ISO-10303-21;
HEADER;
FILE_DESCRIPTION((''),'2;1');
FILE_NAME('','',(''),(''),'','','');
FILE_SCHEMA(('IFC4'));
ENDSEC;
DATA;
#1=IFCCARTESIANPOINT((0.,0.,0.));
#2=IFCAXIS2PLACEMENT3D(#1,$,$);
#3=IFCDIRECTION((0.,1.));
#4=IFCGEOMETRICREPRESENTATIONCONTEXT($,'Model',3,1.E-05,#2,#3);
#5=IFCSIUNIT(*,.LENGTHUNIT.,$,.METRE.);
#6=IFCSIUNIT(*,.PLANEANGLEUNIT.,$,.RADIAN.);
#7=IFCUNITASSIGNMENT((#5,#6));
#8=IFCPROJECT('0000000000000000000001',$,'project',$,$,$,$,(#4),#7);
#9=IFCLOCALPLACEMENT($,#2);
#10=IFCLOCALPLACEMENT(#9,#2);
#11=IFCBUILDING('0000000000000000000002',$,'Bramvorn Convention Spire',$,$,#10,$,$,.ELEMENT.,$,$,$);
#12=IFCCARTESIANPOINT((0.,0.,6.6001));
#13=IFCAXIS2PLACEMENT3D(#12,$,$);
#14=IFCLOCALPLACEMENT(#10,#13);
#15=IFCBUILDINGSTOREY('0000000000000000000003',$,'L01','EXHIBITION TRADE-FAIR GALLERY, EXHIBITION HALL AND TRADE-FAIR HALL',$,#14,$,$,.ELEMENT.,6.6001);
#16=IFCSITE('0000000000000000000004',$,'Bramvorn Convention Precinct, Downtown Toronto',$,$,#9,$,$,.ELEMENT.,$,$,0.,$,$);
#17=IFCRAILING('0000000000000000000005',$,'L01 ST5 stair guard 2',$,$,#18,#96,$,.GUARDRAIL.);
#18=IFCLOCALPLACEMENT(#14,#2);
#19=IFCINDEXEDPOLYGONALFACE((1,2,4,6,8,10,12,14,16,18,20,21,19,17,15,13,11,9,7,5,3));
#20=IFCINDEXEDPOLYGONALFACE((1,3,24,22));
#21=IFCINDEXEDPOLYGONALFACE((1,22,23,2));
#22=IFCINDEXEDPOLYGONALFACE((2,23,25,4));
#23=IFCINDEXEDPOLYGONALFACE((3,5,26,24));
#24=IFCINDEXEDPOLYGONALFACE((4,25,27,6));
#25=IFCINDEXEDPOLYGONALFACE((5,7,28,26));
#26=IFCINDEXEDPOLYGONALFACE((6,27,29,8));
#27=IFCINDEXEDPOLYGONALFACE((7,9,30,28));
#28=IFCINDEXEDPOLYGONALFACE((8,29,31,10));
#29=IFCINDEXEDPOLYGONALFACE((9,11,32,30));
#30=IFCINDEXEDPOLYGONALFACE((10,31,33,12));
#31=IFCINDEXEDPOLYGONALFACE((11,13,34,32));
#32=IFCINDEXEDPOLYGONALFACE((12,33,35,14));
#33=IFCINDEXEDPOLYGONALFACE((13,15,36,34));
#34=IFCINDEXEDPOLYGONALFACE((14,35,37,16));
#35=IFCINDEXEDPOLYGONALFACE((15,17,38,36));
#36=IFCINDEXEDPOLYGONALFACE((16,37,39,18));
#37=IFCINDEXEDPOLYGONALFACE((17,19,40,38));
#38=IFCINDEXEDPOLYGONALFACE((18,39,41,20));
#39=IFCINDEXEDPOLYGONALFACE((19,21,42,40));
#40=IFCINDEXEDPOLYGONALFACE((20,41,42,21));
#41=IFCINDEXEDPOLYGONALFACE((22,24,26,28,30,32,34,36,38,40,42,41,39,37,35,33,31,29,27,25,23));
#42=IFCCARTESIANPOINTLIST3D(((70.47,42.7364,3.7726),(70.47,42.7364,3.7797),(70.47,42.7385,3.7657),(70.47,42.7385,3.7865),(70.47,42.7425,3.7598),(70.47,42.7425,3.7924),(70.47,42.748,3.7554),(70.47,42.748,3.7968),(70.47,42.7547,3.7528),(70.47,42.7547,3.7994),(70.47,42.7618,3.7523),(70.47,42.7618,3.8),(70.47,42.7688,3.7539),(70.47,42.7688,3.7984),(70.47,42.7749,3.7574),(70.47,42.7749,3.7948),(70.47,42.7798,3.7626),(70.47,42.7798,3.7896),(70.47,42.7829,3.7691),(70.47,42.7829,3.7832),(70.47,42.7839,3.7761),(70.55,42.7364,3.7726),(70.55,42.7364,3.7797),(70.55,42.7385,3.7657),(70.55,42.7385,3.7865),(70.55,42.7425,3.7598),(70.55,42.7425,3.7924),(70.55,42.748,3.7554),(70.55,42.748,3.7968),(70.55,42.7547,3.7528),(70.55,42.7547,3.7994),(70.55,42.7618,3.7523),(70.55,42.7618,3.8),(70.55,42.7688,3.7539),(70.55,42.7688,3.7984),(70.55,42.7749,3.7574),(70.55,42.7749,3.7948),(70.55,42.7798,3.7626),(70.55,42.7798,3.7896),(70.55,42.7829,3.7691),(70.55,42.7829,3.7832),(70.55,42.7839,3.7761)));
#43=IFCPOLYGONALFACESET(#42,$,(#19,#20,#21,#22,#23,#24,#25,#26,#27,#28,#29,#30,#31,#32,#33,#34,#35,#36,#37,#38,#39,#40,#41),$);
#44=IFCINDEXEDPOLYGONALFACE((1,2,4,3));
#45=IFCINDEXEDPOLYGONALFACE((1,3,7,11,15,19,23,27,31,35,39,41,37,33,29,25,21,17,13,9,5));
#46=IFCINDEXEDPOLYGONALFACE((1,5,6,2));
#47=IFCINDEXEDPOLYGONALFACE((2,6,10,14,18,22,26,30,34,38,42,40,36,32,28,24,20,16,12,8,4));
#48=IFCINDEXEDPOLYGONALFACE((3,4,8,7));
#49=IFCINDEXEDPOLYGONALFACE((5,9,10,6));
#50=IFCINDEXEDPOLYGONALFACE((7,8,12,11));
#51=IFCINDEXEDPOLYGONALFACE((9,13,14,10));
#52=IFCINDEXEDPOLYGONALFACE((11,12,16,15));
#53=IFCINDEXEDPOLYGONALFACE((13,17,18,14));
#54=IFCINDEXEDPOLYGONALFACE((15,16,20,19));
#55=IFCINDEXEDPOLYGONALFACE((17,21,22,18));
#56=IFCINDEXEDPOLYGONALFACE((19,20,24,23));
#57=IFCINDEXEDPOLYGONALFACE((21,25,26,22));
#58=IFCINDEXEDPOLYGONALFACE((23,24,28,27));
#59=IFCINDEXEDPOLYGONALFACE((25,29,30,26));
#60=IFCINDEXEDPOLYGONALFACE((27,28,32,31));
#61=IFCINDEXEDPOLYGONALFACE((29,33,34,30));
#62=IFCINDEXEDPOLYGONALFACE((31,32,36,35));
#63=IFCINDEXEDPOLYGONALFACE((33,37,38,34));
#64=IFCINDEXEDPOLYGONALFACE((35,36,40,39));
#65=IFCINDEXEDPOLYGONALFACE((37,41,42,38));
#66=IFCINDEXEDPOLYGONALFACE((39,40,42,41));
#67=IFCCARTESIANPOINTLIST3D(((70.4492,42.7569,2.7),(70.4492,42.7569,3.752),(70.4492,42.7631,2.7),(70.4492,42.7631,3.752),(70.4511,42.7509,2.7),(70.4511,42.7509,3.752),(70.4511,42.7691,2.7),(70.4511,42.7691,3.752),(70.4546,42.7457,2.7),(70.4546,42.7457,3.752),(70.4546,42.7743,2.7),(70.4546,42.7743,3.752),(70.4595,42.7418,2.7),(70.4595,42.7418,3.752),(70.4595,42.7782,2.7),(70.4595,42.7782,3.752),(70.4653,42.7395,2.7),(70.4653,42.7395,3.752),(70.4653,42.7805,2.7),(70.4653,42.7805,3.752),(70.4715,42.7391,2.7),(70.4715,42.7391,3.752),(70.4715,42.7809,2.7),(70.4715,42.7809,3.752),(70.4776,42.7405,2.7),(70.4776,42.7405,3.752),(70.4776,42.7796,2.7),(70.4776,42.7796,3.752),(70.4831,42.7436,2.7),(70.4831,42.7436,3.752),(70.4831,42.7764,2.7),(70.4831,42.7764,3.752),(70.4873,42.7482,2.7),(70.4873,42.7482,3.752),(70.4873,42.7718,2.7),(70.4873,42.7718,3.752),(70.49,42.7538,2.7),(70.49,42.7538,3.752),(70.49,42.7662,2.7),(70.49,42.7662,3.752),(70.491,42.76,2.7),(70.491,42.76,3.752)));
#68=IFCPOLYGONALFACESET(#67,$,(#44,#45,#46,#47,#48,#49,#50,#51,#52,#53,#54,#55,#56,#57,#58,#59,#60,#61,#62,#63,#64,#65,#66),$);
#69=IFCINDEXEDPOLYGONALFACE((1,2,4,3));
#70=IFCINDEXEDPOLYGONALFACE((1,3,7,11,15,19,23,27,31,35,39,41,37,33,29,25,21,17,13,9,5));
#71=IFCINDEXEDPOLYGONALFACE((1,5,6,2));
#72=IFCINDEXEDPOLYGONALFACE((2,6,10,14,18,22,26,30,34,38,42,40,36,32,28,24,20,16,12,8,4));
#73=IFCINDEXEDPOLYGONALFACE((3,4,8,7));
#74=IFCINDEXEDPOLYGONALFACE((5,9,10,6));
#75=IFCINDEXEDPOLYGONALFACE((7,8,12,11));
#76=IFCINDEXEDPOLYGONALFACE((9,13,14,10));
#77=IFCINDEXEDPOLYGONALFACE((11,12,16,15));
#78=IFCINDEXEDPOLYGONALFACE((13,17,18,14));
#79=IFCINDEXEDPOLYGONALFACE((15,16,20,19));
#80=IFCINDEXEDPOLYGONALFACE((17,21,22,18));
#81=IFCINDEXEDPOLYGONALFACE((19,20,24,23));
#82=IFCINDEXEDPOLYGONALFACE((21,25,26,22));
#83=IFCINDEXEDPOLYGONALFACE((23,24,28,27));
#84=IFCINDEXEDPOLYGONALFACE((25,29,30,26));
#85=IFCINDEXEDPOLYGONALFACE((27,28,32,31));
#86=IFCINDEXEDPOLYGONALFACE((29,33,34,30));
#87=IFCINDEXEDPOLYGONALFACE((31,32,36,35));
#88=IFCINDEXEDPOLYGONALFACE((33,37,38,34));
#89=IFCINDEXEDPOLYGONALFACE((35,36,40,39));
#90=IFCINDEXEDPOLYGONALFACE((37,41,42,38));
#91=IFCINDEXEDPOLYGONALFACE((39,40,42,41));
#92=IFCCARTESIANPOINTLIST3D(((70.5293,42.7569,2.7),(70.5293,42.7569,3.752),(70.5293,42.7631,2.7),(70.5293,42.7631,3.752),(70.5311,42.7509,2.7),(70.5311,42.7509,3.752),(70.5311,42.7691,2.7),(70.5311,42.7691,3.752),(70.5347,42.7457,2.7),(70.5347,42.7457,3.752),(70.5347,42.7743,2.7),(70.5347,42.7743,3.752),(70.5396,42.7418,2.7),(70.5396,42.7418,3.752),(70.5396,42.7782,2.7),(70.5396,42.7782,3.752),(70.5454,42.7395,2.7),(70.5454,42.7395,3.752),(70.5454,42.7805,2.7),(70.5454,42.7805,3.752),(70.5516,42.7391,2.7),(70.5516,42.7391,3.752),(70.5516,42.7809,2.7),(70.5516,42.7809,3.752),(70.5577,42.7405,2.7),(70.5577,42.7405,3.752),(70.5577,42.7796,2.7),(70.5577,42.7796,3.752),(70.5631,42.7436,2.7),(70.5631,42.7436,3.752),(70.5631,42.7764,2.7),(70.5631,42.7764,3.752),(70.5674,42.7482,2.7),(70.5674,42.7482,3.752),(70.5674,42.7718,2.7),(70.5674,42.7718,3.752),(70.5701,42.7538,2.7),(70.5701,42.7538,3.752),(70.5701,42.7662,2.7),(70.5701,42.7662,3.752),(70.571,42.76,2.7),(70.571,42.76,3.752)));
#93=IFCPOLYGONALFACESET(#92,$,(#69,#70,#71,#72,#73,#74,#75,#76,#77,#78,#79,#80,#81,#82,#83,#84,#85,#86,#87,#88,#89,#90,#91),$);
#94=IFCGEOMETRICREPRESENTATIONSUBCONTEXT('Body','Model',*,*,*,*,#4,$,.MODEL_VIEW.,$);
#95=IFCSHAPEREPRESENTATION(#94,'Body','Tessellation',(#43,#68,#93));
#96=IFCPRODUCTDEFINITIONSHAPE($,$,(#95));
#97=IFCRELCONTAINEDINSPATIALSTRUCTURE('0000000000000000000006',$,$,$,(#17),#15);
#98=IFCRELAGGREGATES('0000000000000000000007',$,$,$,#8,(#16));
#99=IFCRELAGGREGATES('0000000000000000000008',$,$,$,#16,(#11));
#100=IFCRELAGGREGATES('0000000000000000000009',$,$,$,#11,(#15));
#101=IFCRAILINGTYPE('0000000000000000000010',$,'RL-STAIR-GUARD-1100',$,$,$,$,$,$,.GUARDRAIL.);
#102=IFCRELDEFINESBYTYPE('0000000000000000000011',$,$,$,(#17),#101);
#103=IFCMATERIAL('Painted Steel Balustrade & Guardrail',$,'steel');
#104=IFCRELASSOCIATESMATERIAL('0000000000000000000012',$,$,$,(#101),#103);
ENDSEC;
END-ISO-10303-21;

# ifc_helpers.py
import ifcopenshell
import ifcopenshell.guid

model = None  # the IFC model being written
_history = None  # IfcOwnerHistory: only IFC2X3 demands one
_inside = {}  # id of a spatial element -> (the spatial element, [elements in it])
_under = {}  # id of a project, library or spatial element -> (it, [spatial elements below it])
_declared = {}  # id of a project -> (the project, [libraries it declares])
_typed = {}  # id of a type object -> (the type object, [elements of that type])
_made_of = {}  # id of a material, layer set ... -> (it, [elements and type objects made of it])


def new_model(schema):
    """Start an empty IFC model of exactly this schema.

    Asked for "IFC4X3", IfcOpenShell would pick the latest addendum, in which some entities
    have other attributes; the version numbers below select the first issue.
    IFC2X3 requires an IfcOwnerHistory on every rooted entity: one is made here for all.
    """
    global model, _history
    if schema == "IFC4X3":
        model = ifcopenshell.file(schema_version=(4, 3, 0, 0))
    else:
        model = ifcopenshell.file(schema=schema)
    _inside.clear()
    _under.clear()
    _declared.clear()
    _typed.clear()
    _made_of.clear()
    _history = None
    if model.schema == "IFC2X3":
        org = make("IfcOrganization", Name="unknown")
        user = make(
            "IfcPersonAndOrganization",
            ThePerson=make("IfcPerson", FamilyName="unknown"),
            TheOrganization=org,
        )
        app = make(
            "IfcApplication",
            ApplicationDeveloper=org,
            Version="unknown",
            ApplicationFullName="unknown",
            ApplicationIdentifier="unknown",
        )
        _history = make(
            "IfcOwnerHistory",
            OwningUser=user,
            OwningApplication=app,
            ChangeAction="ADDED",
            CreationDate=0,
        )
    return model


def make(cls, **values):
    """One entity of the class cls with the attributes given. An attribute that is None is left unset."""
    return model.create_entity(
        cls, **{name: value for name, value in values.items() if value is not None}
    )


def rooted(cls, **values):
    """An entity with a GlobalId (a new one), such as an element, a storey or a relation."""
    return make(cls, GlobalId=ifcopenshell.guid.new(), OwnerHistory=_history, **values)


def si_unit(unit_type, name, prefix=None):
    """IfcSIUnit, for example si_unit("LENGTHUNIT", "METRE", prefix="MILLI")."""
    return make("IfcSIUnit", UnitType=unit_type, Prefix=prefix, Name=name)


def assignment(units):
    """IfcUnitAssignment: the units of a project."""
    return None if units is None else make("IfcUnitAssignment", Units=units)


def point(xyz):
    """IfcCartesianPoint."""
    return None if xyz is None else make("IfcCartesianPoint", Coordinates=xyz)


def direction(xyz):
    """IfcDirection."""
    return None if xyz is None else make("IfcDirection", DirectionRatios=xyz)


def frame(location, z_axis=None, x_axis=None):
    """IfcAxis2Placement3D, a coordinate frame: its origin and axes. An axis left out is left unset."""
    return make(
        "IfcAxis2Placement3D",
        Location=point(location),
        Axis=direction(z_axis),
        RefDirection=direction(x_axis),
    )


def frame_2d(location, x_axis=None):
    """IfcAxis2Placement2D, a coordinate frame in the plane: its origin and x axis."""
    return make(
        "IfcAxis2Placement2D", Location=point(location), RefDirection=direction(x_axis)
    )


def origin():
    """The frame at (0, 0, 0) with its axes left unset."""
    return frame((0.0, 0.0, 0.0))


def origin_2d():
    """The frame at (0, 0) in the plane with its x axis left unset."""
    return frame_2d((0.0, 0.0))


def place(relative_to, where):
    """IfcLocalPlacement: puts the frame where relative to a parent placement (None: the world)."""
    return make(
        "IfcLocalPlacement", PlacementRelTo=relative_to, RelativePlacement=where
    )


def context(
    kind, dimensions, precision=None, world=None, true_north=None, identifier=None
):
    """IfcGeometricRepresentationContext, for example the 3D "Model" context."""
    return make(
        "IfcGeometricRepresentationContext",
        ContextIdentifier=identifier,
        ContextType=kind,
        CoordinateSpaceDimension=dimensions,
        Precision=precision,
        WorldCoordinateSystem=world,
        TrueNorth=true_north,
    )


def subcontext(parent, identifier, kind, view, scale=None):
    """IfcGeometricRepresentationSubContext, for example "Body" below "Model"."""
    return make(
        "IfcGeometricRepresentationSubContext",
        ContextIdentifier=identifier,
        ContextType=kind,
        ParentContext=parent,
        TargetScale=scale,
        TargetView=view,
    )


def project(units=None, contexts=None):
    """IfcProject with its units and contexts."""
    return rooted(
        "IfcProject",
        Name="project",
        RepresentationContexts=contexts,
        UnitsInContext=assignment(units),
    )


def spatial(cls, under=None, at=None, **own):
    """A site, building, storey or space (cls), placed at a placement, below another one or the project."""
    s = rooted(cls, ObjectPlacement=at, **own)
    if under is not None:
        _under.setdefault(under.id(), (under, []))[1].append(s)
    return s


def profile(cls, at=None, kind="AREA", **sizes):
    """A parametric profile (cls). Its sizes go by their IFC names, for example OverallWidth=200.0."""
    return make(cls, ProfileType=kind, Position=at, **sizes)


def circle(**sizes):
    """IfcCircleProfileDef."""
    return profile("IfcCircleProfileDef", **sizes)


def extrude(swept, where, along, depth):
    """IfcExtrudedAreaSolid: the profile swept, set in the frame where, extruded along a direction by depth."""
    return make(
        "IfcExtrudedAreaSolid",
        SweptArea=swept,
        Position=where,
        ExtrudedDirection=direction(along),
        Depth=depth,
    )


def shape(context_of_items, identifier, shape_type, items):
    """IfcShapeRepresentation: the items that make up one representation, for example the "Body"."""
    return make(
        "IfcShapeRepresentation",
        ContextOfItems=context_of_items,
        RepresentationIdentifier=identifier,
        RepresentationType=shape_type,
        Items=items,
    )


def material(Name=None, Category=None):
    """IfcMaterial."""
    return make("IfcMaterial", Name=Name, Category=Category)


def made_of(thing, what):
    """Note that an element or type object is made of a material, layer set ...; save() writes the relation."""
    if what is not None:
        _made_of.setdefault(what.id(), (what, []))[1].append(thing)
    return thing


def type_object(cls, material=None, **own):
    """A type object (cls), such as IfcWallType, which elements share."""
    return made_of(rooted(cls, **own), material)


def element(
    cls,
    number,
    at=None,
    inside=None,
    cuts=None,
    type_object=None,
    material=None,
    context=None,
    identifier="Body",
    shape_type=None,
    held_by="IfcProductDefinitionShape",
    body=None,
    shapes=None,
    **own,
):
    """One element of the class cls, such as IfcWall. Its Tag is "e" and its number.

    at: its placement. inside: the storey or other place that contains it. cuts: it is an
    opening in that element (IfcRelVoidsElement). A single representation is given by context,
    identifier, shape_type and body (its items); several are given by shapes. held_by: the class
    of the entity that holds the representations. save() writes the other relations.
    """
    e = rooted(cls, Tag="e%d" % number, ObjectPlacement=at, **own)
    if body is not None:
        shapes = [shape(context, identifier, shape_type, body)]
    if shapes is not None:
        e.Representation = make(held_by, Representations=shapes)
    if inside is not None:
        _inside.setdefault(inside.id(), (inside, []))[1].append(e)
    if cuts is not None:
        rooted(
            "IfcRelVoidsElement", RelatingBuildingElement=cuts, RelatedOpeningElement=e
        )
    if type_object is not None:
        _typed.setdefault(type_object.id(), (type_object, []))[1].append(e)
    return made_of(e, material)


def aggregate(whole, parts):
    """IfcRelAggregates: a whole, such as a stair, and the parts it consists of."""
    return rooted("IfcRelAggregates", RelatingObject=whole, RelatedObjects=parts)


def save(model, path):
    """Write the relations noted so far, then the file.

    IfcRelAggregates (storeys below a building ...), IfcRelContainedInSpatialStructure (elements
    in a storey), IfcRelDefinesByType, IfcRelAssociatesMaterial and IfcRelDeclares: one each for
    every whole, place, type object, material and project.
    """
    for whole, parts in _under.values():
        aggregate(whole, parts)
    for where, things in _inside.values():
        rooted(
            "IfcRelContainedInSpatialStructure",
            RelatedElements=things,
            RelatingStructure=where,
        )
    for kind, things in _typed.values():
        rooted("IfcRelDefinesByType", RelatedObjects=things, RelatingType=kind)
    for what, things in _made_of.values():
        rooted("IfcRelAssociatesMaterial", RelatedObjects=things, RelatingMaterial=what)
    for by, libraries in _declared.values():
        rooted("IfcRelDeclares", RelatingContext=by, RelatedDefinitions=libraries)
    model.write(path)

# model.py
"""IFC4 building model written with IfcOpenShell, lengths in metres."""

from ifc_helpers import new_model, si_unit, direction, frame, origin, origin_2d, place, context, subcontext, project, spatial, circle, extrude, material, type_object, element, save


model = new_model("IFC4")

# Units and contexts
model_context = context("Model", 3, precision=1e-05, world=origin(), true_north=direction((0.0, 1.0)))
body_context = subcontext(model_context, "Body", "Model", "MODEL_VIEW")
ifc_project = project(units=[si_unit("LENGTHUNIT", "METRE"), si_unit("PLANEANGLEUNIT", "RADIAN")], contexts=[model_context])

# Site, building, storey
site_placement = place(None, origin())
site = spatial("IfcSite", under=ifc_project, at=site_placement, Name="Bramvorn Convention Precinct, Downtown Toronto", CompositionType="ELEMENT", RefElevation=0.0)
building_placement = place(site_placement, origin())
building = spatial("IfcBuilding", under=site, at=building_placement, Name="Bramvorn Convention Spire", CompositionType="ELEMENT")
storey_placement = place(building_placement, frame((0.0, 0.0, 6.6001)))
storey = spatial("IfcBuildingStorey", under=building, at=storey_placement, Name="L01", Description="EXHIBITION TRADE-FAIR GALLERY, EXHIBITION HALL AND TRADE-FAIR HALL", CompositionType="ELEMENT", Elevation=6.6001)

# Railing
ifc_material_1 = material(Name="Painted Steel Balustrade & Guardrail", Category="steel")
railing_type = type_object("IfcRailingType", Name="RL-STAIR-GUARD-1100", PredefinedType="GUARDRAIL", material=ifc_material_1)
railing_1_placement = place(storey_placement, frame((70.47, 42.76, 2.7)))
element("IfcRailing", 1, at=railing_1_placement, inside=storey, type_object=railing_type, Name="L01 ST5 stair guard 2", PredefinedType="GUARDRAIL", context=body_context, shape_type="SweptSolid", body=[
    extrude(circle(Radius=0.0239, at=origin_2d()), frame((0.0, 0.0, 1.0762), z_axis=(1.0, 0.0, 0.0), x_axis=(0.0, 1.0, 0.0)), (0.0, 0.0, 1.0), 0.0801),
    extrude(circle(Radius=0.021, at=origin_2d()), origin(), (0.0, 0.0, 1.0), 1.052),
    extrude(circle(Radius=0.021, at=origin_2d()), frame((0.0801, 0.0, 0.0)), (0.0, 0.0, 1.0), 1.052),
])

save(model, "model.ifc")
